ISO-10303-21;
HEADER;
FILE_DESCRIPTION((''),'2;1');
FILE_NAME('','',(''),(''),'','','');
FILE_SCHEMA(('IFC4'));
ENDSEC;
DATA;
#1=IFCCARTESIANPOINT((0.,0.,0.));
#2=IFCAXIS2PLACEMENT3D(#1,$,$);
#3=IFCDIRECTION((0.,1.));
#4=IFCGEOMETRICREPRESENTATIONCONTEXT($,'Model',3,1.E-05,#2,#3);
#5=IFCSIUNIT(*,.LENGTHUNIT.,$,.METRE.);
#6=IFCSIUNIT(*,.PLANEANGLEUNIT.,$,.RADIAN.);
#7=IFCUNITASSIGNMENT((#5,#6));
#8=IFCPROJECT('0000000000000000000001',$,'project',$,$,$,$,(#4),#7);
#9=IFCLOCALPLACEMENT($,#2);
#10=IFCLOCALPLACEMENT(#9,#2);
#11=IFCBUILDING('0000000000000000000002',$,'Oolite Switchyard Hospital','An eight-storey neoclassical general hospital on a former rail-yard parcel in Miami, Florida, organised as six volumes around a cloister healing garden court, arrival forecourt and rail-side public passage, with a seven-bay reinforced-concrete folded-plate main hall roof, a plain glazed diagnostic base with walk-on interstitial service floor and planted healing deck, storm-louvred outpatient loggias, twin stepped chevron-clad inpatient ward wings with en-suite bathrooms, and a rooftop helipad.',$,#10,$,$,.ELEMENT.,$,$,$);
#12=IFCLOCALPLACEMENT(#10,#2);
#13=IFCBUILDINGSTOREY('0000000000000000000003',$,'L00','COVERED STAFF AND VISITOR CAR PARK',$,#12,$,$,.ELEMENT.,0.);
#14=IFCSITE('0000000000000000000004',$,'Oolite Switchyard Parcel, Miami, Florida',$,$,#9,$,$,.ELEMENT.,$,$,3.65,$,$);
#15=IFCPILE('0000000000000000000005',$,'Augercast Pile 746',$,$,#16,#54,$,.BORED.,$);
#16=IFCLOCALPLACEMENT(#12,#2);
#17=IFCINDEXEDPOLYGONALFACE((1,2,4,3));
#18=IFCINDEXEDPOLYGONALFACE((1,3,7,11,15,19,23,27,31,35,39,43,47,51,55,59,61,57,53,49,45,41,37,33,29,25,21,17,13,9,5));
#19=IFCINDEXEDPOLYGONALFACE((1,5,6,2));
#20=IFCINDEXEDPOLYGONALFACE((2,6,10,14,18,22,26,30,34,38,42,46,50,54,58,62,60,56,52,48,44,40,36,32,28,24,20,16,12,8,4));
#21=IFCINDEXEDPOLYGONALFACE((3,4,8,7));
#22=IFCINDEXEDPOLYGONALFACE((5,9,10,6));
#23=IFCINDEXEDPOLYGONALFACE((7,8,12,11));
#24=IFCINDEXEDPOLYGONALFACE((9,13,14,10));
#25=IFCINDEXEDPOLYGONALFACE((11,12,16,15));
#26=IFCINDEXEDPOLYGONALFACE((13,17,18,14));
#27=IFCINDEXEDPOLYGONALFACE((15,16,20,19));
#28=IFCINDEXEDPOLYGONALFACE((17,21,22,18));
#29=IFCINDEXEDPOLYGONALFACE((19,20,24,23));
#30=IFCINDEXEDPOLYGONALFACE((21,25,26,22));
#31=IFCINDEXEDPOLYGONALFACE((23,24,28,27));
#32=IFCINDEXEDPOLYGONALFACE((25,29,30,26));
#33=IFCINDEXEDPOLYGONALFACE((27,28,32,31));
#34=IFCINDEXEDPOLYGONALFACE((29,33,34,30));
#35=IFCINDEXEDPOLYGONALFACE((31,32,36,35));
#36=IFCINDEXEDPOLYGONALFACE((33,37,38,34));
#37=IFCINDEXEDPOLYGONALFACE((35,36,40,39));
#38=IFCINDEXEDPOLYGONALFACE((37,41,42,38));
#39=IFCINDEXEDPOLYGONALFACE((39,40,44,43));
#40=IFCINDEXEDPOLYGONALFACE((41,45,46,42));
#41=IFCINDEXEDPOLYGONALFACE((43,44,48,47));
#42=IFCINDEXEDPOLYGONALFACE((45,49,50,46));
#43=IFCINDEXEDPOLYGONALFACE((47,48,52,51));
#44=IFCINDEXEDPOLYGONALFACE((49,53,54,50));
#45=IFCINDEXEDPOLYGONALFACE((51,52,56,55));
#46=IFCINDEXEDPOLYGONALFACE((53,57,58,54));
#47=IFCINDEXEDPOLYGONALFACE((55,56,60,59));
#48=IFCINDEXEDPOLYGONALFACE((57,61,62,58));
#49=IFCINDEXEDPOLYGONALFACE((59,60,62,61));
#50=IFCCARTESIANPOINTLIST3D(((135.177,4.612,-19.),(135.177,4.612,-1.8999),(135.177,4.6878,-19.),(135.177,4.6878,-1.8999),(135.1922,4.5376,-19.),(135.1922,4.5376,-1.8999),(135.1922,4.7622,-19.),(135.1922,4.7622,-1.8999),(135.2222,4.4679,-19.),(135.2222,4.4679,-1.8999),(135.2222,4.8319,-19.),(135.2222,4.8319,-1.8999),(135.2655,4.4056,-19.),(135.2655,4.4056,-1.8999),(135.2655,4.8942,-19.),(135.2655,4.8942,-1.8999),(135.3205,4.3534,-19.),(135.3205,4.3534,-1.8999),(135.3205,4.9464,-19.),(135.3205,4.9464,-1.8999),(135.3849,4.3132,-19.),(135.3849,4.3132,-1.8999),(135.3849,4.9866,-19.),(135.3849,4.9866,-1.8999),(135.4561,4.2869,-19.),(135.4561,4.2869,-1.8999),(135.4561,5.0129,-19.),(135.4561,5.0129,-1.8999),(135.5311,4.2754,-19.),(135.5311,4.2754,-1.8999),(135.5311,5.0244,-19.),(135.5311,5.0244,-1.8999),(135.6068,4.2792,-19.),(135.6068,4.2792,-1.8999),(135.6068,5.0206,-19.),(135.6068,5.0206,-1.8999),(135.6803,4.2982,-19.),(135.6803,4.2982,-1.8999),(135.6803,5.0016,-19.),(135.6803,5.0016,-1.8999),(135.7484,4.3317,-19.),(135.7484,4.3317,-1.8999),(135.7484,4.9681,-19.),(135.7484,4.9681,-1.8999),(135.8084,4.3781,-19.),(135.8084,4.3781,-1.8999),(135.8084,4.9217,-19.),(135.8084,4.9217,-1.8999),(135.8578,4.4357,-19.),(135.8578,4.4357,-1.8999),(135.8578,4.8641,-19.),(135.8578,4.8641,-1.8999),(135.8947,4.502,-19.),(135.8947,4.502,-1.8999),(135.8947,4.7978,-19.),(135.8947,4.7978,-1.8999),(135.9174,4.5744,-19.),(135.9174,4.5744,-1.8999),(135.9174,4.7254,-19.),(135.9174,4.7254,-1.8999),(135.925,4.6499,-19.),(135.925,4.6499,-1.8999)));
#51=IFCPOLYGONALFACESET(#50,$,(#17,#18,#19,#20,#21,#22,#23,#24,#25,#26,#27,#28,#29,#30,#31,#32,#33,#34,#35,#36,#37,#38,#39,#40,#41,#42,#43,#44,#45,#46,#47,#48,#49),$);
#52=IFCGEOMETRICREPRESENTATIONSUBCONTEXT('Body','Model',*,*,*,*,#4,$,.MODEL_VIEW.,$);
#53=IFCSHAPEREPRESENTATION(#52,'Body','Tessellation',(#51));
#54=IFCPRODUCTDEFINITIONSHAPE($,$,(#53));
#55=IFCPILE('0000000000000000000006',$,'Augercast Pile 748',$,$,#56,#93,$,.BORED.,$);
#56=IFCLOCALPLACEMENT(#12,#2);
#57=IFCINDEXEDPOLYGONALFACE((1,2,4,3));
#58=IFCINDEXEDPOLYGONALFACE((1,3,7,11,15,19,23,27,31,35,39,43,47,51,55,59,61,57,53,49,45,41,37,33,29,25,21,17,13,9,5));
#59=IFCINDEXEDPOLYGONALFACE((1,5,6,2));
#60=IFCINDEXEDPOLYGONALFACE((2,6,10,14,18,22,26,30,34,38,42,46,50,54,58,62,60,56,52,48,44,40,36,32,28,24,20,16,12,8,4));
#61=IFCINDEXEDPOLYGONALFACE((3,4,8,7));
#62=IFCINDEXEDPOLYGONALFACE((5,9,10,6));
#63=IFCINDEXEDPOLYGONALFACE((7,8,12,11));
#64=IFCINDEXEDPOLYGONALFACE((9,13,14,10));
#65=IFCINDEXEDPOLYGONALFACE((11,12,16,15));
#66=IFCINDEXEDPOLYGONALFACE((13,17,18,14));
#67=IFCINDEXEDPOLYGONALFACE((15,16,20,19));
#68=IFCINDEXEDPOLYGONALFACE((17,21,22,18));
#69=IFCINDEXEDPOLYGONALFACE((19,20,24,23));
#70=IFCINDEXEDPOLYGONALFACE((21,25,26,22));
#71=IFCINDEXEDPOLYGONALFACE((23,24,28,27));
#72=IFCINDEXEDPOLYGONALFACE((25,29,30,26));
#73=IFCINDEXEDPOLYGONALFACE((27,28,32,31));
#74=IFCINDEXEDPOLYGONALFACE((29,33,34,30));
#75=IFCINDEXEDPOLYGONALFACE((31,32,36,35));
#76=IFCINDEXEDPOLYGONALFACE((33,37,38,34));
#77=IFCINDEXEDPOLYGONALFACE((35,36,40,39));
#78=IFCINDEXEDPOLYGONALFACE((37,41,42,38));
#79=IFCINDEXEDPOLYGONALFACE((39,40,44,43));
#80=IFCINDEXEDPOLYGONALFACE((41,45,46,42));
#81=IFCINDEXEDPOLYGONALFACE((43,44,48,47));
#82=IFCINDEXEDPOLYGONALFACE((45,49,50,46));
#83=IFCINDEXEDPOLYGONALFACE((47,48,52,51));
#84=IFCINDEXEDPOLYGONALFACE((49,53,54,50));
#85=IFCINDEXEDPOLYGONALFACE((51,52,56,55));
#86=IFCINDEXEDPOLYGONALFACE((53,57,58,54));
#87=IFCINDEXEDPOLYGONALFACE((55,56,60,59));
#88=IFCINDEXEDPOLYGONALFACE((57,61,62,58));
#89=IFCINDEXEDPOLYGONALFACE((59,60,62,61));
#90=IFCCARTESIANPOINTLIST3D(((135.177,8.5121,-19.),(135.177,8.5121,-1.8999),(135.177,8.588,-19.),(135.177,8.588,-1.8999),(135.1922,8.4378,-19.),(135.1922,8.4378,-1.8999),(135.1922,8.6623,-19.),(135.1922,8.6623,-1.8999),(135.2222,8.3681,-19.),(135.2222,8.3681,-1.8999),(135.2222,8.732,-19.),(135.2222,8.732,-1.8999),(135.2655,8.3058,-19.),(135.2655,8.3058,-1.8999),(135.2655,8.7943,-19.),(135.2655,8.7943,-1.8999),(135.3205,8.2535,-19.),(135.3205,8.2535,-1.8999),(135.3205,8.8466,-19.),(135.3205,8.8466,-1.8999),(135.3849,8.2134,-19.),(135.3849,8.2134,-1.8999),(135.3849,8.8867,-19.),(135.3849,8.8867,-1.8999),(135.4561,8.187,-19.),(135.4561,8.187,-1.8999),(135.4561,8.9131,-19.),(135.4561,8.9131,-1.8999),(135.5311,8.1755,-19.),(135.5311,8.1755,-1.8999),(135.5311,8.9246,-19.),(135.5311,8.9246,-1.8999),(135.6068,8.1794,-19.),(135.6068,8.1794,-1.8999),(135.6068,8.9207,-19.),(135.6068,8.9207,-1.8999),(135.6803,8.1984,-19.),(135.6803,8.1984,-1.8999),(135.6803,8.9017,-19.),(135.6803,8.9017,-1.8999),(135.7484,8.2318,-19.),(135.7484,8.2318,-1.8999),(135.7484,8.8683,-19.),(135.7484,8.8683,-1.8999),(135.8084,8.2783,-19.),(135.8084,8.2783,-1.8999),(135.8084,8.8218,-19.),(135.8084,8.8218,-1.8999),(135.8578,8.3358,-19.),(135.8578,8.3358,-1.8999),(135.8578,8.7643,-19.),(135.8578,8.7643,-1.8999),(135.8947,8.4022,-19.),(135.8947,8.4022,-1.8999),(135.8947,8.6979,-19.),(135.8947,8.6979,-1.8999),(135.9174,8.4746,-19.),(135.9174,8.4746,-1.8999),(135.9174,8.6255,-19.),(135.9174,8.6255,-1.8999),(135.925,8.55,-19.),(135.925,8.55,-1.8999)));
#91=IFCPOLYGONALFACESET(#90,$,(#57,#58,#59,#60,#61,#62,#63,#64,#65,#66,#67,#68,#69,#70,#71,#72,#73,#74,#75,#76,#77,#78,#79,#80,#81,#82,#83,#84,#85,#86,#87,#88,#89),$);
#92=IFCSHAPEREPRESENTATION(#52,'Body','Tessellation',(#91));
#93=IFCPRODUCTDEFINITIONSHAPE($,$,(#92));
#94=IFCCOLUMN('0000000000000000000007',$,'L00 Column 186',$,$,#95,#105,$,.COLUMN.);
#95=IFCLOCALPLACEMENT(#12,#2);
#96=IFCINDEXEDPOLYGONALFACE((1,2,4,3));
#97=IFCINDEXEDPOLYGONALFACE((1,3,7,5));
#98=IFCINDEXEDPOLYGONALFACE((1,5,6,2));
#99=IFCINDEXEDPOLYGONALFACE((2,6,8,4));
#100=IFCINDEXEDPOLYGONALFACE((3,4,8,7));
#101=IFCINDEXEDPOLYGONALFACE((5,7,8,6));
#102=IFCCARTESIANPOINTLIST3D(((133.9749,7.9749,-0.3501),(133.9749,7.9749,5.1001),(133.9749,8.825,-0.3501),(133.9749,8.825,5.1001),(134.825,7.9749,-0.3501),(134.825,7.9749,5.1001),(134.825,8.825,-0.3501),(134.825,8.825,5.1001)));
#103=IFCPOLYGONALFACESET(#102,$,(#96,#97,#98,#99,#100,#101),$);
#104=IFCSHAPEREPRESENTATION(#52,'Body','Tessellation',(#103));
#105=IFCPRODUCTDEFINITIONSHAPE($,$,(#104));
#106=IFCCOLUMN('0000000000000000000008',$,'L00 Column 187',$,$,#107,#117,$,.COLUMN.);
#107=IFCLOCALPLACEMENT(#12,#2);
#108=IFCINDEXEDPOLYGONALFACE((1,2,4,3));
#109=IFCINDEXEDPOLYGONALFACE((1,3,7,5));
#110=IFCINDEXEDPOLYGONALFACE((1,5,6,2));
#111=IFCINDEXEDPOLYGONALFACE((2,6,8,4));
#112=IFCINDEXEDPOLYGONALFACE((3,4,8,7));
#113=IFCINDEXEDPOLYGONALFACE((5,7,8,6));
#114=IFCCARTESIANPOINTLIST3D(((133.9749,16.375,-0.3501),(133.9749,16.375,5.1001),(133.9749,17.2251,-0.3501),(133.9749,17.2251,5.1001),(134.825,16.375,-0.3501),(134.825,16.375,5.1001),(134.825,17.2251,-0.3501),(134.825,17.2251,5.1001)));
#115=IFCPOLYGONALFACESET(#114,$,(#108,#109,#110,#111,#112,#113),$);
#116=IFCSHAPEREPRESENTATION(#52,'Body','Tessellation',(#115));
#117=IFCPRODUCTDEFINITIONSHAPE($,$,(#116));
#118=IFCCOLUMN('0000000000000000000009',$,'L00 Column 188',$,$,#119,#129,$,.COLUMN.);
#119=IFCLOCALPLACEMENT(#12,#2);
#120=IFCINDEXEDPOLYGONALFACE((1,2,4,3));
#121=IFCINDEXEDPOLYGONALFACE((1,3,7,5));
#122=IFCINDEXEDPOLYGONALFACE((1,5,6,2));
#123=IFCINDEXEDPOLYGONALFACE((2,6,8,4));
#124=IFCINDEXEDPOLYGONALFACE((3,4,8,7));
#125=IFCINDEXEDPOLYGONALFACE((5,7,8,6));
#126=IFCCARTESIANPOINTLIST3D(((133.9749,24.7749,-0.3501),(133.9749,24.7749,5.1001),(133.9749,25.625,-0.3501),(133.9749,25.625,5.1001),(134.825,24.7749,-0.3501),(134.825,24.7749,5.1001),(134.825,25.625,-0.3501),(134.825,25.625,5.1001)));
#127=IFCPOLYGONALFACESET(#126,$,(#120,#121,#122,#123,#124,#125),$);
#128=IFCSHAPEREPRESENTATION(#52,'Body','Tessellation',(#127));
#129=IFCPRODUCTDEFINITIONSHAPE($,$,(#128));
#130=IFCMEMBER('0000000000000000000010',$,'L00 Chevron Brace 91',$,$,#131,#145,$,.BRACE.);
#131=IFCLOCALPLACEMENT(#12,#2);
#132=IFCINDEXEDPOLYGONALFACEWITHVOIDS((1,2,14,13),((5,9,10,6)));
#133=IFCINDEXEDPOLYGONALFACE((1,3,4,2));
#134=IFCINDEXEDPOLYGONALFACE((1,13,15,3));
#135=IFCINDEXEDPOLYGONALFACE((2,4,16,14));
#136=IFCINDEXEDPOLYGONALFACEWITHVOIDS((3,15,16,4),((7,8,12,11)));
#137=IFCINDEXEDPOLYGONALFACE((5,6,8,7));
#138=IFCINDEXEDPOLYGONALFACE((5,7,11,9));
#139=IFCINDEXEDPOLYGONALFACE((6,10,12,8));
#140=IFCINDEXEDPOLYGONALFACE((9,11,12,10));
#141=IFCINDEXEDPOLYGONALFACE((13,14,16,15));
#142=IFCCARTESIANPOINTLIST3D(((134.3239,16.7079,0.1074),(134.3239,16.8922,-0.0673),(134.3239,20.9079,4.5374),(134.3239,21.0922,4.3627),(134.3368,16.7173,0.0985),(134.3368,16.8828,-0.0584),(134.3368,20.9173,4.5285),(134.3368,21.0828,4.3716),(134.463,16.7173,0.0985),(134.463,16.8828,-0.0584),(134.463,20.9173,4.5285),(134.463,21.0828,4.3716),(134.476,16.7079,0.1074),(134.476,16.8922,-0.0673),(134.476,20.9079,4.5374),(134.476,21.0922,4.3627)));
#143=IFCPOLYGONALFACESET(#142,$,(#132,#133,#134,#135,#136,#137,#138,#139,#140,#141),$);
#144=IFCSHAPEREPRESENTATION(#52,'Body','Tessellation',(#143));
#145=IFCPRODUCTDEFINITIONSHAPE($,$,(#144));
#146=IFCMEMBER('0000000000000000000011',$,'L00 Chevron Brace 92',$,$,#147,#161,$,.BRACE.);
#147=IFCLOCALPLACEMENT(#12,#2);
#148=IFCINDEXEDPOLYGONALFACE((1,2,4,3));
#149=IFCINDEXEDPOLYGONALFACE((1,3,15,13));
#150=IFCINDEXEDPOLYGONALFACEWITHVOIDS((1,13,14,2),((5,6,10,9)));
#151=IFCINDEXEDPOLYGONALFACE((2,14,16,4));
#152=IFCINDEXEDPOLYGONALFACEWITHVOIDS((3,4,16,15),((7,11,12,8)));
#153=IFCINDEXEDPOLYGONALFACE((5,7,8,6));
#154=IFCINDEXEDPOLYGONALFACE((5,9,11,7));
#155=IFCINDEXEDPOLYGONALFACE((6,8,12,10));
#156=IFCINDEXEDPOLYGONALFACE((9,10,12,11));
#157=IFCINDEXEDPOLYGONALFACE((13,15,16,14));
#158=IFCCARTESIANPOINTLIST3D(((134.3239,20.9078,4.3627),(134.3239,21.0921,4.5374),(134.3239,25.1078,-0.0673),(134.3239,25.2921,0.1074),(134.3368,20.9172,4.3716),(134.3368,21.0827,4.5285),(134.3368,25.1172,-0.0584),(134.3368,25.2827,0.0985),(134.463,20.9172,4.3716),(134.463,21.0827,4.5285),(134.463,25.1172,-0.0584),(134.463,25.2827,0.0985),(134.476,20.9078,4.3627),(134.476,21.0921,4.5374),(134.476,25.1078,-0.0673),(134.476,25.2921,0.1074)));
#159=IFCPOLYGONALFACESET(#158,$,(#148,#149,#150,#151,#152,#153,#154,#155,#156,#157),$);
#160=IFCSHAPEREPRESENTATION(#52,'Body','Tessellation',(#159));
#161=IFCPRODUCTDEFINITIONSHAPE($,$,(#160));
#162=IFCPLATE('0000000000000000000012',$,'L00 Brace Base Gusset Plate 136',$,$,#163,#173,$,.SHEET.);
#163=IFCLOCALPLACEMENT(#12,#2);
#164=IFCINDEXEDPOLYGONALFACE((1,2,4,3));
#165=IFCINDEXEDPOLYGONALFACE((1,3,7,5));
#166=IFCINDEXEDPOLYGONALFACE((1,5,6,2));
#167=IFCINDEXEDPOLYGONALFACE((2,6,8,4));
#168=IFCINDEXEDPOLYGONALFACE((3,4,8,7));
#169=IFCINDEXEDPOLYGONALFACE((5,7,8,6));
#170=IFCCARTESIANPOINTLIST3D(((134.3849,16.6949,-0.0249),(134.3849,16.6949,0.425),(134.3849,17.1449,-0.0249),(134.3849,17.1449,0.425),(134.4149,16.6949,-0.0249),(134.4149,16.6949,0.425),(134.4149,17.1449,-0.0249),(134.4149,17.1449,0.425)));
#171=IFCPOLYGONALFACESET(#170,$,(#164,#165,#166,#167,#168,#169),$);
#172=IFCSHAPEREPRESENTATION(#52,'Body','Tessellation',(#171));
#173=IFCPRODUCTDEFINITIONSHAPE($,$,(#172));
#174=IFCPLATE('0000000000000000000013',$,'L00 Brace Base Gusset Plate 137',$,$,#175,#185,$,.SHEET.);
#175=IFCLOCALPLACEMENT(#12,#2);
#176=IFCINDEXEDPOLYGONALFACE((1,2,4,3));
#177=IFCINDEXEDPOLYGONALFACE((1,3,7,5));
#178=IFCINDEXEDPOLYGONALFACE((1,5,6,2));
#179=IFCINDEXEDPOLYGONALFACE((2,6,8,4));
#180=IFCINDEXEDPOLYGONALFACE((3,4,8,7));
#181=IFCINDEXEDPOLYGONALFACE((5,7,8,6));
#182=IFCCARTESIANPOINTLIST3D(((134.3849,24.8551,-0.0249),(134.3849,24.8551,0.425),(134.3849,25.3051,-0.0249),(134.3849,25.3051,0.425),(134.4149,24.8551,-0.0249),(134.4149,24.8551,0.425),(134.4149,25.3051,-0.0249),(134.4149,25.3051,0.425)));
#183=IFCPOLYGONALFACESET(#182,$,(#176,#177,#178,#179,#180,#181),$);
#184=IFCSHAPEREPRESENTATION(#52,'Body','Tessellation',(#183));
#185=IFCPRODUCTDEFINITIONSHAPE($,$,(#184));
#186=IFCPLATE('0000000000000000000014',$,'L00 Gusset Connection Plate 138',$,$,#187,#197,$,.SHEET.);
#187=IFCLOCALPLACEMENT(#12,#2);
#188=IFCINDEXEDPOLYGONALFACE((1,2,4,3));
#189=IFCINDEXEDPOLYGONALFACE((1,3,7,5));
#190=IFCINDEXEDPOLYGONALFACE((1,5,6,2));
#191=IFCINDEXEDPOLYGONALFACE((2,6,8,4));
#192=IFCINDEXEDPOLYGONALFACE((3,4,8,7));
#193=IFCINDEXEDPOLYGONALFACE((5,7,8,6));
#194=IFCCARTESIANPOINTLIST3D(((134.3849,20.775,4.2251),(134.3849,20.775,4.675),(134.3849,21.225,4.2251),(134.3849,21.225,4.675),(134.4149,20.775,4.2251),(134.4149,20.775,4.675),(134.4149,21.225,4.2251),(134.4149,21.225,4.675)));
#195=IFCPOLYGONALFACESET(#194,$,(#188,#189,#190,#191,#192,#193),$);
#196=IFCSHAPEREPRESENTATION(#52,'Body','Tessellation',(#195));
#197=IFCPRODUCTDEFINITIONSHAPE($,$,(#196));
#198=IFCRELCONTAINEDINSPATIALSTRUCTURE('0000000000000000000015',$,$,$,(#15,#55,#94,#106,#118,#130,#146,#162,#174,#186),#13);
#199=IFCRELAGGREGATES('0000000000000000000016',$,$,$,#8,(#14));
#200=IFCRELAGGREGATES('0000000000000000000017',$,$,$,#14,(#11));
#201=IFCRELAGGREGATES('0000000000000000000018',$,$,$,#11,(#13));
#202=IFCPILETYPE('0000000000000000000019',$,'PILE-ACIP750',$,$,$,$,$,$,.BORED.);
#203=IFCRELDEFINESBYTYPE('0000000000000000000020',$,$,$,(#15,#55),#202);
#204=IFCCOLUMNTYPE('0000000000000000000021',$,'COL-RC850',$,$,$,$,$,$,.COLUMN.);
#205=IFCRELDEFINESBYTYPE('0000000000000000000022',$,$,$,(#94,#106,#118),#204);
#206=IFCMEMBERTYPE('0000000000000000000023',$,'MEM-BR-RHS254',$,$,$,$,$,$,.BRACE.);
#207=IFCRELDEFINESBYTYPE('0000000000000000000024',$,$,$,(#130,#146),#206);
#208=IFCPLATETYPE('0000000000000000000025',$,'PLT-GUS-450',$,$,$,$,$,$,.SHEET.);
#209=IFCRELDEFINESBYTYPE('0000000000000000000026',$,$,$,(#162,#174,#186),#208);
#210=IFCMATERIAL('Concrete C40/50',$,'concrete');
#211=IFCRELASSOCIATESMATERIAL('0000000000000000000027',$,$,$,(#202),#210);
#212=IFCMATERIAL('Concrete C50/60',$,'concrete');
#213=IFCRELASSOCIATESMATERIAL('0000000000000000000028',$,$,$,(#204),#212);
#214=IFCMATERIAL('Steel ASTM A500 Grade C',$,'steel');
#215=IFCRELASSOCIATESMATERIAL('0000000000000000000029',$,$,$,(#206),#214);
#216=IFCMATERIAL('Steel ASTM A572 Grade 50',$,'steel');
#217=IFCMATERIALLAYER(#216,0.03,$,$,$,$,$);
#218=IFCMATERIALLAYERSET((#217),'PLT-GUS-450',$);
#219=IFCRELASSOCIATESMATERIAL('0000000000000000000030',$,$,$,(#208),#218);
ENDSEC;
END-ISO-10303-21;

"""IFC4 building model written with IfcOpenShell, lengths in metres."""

from ifc_helpers import new_model, si_unit, direction, frame, origin, origin_2d, place, context, subcontext, project, spatial, rectangle, hollow_rectangle, circle, extrude, material, layer, layer_set, material_profile, profile_set, type_object, element, save


model = new_model("IFC4")

# Units and contexts
model_context = context("Model", 3, precision=1e-05, world=origin(), true_north=direction((0.0, 1.0)))
body_context = subcontext(model_context, "Body", "Model", "MODEL_VIEW")
ifc_project = project(units=[si_unit("LENGTHUNIT", "METRE"), si_unit("PLANEANGLEUNIT", "RADIAN")], contexts=[model_context])

# Site, building, storey
site_placement = place(None, origin())
site = spatial("IfcSite", under=ifc_project, at=site_placement, Name="Oolite Switchyard Parcel, Miami, Florida", CompositionType="ELEMENT", RefElevation=3.65)
building_placement = place(site_placement, origin())
building = spatial("IfcBuilding", under=site, at=building_placement, Name="Oolite Switchyard Hospital", Description="An eight-storey neoclassical general hospital on a former rail-yard parcel in Miami, Florida, organised as six volumes around a cloister healing garden court, arrival forecourt and rail-side public passage, with a seven-bay reinforced-concrete folded-plate main hall roof, a plain glazed diagnostic base with walk-on interstitial service floor and planted healing deck, storm-louvred outpatient loggias, twin stepped chevron-clad inpatient ward wings with en-suite bathrooms, and a rooftop helipad.", CompositionType="ELEMENT")
storey_placement = place(building_placement, origin())
storey = spatial("IfcBuildingStorey", under=building, at=storey_placement, Name="L00", Description="COVERED STAFF AND VISITOR CAR PARK", CompositionType="ELEMENT", Elevation=0.0)

# Shared definitions
ifc_material_1 = material(Name="Concrete C40/50", Category="concrete")

# Piles
ifc_material_profile_1 = material_profile(ifc_material_1, circle(Radius=0.375, at=origin_2d()), Name="PILE750")
ifc_profile_set_1 = profile_set([ifc_material_profile_1], Name="Concrete C40/50")
pile_type_1 = type_object("IfcPileType", Name="PILE-ACIP750", PredefinedType="BORED", material=ifc_profile_set_1)
for number, where, z_axis, x_axis, name in (
    (1, (135.55, 4.6499, -1.8999), (0.0, 0.0, -1.0), (1.0, 0.0, 0.0), "Augercast Pile 746"),
    (2, (135.55, 8.55, -1.8999), (0.0, 0.0, -1.0), (1.0, 0.0, 0.0), "Augercast Pile 748"),
):
    element("IfcPile", number, at=place(storey_placement, frame(where, z_axis=z_axis, x_axis=x_axis)), inside=storey, type_object=pile_type_1, Name=name, PredefinedType="BORED", context=body_context, shape_type="SweptSolid", body=[
        extrude(circle(Radius=0.375, at=origin_2d()), origin(), (0.0, 0.0, 1.0), 17.1001),
    ])

# Columns
ifc_material_2 = material(Name="Concrete C50/60", Category="concrete")
ifc_material_profile_2 = material_profile(ifc_material_2, rectangle(XDim=0.8501, YDim=0.8501, at=origin_2d()), Name="RC850X850")
ifc_profile_set_2 = profile_set([ifc_material_profile_2], Name="Concrete C50/60")
column_type = type_object("IfcColumnType", Name="COL-RC850", PredefinedType="COLUMN", material=ifc_profile_set_2)
for number, where, z_axis, x_axis, name in (
    (3, (134.3999, 8.3999, -0.3501), (0.0, 0.0, 1.0), (1.0, 0.0, 0.0), "L00 Column 186"),
    (4, (134.3999, 16.8, -0.3501), (0.0, 0.0, 1.0), (1.0, 0.0, 0.0), "L00 Column 187"),
    (5, (134.3999, 25.2, -0.3501), (0.0, 0.0, 1.0), (1.0, 0.0, 0.0), "L00 Column 188"),
):
    element("IfcColumn", number, at=place(storey_placement, frame(where, z_axis=z_axis, x_axis=x_axis)), inside=storey, type_object=column_type, Name=name, PredefinedType="COLUMN", context=body_context, shape_type="SweptSolid", body=[
        extrude(rectangle(XDim=0.8501, YDim=0.8501, at=origin_2d()), origin(), (0.0, 0.0, 1.0), 5.4502),
    ])

# Members
ifc_material_3 = material(Name="Steel ASTM A500 Grade C", Category="steel")
ifc_material_profile_3 = material_profile(ifc_material_3, hollow_rectangle(XDim=0.1521, YDim=0.2539, WallThickness=0.0129, at=origin_2d()), Name="HSS254X152X13")
ifc_profile_set_3 = profile_set([ifc_material_profile_3], Name="Steel ASTM A500 Grade C")
member_type = type_object("IfcMemberType", Name="MEM-BR-RHS254", PredefinedType="BRACE", material=ifc_profile_set_3)
for number, where, z_axis, x_axis, name in (
    (6, (134.3999, 16.8, 0.02), (0.0, 0.688019, 0.725693), (-1.0, 0.0, 0.0), "L00 Chevron Brace 91"),
    (7, (134.3999, 25.2, 0.02), (0.0, -0.688019, 0.725693), (1.0, 0.0, 0.0), "L00 Chevron Brace 92"),
):
    element("IfcMember", number, at=place(storey_placement, frame(where, z_axis=z_axis, x_axis=x_axis)), inside=storey, type_object=member_type, Name=name, PredefinedType="BRACE", context=body_context, shape_type="SweptSolid", body=[
        extrude(hollow_rectangle(XDim=0.1521, YDim=0.2539, WallThickness=0.0129, at=origin_2d()), origin(), (0.0, 0.0, 1.0), 6.1045),
    ])

# Plates
ifc_material_4 = material(Name="Steel ASTM A572 Grade 50", Category="steel")
ifc_layer_1 = layer(ifc_material_4, 0.03)
ifc_layer_set_1 = layer_set([ifc_layer_1], Name="PLT-GUS-450")
plate_type = type_object("IfcPlateType", Name="PLT-GUS-450", PredefinedType="SHEET", material=ifc_layer_set_1)
for number, where, z_axis, x_axis, name in (
    (8, (134.3999, 16.9199, -0.0249), (0.0, 0.0, 1.0), (0.0, 1.0, 0.0), "L00 Brace Base Gusset Plate 136"),
    (9, (134.3999, 25.0801, -0.0249), (0.0, 0.0, 1.0), (0.0, 1.0, 0.0), "L00 Brace Base Gusset Plate 137"),
    (10, (134.3999, 21.0, 4.2251), (0.0, 0.0, 1.0), (0.0, 1.0, 0.0), "L00 Gusset Connection Plate 138"),
):
    element("IfcPlate", number, at=place(storey_placement, frame(where, z_axis=z_axis, x_axis=x_axis)), inside=storey, type_object=plate_type, Name=name, PredefinedType="SHEET", context=body_context, shape_type="SweptSolid", body=[
        extrude(rectangle(XDim=0.45, YDim=0.03, at=origin_2d()), origin(), (0.0, 0.0, 1.0), 0.45),
    ])

save(model, "model.ifc")
